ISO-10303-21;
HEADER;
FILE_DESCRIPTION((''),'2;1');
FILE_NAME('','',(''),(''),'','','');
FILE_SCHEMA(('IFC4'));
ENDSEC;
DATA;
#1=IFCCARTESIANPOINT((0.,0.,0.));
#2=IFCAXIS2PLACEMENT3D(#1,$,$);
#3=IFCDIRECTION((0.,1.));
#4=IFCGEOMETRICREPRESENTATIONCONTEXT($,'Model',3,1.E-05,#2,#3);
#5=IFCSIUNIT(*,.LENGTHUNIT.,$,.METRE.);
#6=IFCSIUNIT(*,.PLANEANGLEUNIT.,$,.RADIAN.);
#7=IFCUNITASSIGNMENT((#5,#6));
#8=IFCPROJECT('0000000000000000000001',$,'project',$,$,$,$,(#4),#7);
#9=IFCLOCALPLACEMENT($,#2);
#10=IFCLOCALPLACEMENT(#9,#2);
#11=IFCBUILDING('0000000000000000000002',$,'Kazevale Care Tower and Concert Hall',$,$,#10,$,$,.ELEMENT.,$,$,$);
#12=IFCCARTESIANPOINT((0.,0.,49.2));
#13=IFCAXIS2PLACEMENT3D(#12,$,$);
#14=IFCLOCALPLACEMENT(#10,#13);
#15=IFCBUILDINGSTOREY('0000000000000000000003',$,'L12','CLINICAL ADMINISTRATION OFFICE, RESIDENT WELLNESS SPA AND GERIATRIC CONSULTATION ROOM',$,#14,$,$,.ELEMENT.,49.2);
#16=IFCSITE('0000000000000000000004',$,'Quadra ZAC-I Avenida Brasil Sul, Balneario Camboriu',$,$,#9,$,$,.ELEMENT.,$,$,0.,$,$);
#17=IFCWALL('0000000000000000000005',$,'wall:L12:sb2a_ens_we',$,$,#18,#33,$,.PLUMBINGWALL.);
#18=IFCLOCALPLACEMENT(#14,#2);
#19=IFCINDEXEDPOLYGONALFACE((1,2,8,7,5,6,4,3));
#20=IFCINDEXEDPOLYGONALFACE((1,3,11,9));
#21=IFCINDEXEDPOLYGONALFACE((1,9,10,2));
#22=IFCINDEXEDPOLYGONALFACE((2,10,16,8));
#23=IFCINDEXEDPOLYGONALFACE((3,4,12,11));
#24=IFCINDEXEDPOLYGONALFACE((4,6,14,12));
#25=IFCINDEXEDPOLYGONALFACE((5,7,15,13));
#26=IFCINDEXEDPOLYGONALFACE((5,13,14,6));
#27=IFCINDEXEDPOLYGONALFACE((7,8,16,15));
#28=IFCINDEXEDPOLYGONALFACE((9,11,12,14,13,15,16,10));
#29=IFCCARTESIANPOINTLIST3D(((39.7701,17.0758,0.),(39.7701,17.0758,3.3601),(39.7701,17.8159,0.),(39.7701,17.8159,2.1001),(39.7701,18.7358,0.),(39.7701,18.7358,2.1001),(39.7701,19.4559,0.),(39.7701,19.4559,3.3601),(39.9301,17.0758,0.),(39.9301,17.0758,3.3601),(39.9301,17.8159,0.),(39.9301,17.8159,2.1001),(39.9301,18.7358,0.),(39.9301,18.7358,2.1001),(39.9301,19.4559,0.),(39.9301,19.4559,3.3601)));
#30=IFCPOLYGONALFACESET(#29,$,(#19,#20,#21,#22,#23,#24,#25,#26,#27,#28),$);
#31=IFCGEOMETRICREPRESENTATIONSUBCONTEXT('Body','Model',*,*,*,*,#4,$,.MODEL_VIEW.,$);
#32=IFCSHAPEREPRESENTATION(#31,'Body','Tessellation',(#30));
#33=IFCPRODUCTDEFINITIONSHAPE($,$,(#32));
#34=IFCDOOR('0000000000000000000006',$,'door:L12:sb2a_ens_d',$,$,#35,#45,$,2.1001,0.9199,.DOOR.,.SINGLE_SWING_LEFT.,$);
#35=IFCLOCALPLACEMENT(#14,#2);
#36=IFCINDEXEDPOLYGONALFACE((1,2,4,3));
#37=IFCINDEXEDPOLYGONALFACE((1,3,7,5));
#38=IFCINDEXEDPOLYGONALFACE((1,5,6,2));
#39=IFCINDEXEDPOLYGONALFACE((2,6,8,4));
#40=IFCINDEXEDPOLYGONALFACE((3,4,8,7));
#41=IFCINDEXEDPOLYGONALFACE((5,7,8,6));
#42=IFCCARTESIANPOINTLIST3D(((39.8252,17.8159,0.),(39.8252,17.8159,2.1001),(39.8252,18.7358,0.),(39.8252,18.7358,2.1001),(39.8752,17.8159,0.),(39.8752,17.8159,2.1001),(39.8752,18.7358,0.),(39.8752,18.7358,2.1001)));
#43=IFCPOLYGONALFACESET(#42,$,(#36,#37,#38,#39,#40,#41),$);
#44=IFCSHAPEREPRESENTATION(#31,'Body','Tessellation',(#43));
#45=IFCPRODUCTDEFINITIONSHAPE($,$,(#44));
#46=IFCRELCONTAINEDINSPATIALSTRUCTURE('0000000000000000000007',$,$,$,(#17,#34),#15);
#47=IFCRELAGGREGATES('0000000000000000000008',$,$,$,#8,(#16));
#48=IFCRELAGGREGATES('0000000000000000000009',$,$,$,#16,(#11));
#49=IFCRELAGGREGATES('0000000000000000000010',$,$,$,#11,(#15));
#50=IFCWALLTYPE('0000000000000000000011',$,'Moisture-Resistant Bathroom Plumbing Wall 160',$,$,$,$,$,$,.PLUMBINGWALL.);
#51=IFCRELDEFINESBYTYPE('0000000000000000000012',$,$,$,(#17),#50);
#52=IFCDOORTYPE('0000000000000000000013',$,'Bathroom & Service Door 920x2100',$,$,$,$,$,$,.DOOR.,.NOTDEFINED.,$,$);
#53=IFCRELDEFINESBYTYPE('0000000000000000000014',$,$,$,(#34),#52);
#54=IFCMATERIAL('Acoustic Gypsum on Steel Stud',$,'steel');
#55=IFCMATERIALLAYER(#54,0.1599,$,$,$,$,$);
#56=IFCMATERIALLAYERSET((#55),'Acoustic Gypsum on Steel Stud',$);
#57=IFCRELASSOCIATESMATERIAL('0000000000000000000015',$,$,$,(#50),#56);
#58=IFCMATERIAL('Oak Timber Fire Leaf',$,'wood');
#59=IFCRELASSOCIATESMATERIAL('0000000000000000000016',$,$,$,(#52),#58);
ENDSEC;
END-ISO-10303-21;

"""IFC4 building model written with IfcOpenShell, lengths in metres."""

from ifc_helpers import new_model, si_unit, direction, frame, frame_2d, origin, place, context, subcontext, project, spatial, rectangle, extrude, material, layer, layer_set, type_object, element, fill, save


model = new_model("IFC4")

# Units and contexts
model_context = context("Model", 3, precision=1e-05, world=origin(), true_north=direction((0.0, 1.0)))
body_context = subcontext(model_context, "Body", "Model", "MODEL_VIEW")
ifc_project = project(units=[si_unit("LENGTHUNIT", "METRE"), si_unit("PLANEANGLEUNIT", "RADIAN")], contexts=[model_context])

# Site, building, storey
site_placement = place(None, origin())
site = spatial("IfcSite", under=ifc_project, at=site_placement, Name="Quadra ZAC-I Avenida Brasil Sul, Balneario Camboriu", CompositionType="ELEMENT", RefElevation=0.0)
building_placement = place(site_placement, origin())
building = spatial("IfcBuilding", under=site, at=building_placement, Name="Kazevale Care Tower and Concert Hall", CompositionType="ELEMENT")
storey_placement = place(building_placement, frame((0.0, 0.0, 49.2)))
storey = spatial("IfcBuildingStorey", under=building, at=storey_placement, Name="L12", Description="CLINICAL ADMINISTRATION OFFICE, RESIDENT WELLNESS SPA AND GERIATRIC CONSULTATION ROOM", CompositionType="ELEMENT", Elevation=49.2)

# Shared definitions
ifc_material_1 = material(Name="Acoustic Gypsum on Steel Stud", Category="steel")

# Shared definitions
ifc_material_2 = material(Name="Oak Timber Fire Leaf", Category="wood")

# Shared definitions
ifc_layer_1 = layer(ifc_material_1, 0.1599)
ifc_layer_set_1 = layer_set([ifc_layer_1], Name="Acoustic Gypsum on Steel Stud")
wall_type_1 = type_object("IfcWallType", Name="Moisture-Resistant Bathroom Plumbing Wall 160", PredefinedType="PLUMBINGWALL", material=ifc_layer_set_1)

# Wall, opening, door
wall_1_placement = place(storey_placement, frame((39.8501, 17.0759, 0.0), z_axis=(0.0, 0.0, 1.0), x_axis=(0.0, 1.0, 0.0)))
wall_1 = element("IfcWall", 1, at=wall_1_placement, inside=storey, type_object=wall_type_1, Name="wall:L12:sb2a_ens_we", PredefinedType="PLUMBINGWALL", context=body_context, shape_type="SweptSolid", body=[
    extrude(rectangle(XDim=2.3801, YDim=0.1599, at=frame_2d((1.1899, 0.0))), origin(), (0.0, 0.0, 1.0), 3.3601),
])
opening_1_placement = place(wall_1_placement, frame((0.74, 0.0, 0.0)))
opening_1 = element("IfcOpeningElement", 2, at=opening_1_placement, cuts=wall_1, PredefinedType="OPENING", context=body_context, shape_type="SweptSolid", body=[
    extrude(rectangle(XDim=0.9199, YDim=2.1001, at=frame_2d((0.46, 1.05))), frame((0.0, 0.0898, 0.0), z_axis=(0.0, -1.0, 0.0), x_axis=(1.0, 0.0, 0.0)), (0.0, 0.0, 1.0), 0.1799),
])
door_type_1 = type_object("IfcDoorType", Name="Bathroom & Service Door 920x2100", OperationType="NOTDEFINED", PredefinedType="DOOR", material=ifc_material_2)
door_1_placement = place(opening_1_placement, origin())
door_1 = element("IfcDoor", 3, at=door_1_placement, inside=storey, type_object=door_type_1, Name="door:L12:sb2a_ens_d", OperationType="SINGLE_SWING_LEFT", OverallHeight=2.1001, OverallWidth=0.9199, PredefinedType="DOOR", context=body_context, shape_type="SweptSolid", body=[
    extrude(rectangle(XDim=0.9199, YDim=2.1001, at=frame_2d((0.46, 1.05))), frame((0.0, 0.0249, 0.0), z_axis=(0.0, -1.0, 0.0), x_axis=(1.0, 0.0, 0.0)), (0.0, 0.0, 1.0), 0.05),
])
fill(opening_1, door_1)

save(model, "model.ifc")
